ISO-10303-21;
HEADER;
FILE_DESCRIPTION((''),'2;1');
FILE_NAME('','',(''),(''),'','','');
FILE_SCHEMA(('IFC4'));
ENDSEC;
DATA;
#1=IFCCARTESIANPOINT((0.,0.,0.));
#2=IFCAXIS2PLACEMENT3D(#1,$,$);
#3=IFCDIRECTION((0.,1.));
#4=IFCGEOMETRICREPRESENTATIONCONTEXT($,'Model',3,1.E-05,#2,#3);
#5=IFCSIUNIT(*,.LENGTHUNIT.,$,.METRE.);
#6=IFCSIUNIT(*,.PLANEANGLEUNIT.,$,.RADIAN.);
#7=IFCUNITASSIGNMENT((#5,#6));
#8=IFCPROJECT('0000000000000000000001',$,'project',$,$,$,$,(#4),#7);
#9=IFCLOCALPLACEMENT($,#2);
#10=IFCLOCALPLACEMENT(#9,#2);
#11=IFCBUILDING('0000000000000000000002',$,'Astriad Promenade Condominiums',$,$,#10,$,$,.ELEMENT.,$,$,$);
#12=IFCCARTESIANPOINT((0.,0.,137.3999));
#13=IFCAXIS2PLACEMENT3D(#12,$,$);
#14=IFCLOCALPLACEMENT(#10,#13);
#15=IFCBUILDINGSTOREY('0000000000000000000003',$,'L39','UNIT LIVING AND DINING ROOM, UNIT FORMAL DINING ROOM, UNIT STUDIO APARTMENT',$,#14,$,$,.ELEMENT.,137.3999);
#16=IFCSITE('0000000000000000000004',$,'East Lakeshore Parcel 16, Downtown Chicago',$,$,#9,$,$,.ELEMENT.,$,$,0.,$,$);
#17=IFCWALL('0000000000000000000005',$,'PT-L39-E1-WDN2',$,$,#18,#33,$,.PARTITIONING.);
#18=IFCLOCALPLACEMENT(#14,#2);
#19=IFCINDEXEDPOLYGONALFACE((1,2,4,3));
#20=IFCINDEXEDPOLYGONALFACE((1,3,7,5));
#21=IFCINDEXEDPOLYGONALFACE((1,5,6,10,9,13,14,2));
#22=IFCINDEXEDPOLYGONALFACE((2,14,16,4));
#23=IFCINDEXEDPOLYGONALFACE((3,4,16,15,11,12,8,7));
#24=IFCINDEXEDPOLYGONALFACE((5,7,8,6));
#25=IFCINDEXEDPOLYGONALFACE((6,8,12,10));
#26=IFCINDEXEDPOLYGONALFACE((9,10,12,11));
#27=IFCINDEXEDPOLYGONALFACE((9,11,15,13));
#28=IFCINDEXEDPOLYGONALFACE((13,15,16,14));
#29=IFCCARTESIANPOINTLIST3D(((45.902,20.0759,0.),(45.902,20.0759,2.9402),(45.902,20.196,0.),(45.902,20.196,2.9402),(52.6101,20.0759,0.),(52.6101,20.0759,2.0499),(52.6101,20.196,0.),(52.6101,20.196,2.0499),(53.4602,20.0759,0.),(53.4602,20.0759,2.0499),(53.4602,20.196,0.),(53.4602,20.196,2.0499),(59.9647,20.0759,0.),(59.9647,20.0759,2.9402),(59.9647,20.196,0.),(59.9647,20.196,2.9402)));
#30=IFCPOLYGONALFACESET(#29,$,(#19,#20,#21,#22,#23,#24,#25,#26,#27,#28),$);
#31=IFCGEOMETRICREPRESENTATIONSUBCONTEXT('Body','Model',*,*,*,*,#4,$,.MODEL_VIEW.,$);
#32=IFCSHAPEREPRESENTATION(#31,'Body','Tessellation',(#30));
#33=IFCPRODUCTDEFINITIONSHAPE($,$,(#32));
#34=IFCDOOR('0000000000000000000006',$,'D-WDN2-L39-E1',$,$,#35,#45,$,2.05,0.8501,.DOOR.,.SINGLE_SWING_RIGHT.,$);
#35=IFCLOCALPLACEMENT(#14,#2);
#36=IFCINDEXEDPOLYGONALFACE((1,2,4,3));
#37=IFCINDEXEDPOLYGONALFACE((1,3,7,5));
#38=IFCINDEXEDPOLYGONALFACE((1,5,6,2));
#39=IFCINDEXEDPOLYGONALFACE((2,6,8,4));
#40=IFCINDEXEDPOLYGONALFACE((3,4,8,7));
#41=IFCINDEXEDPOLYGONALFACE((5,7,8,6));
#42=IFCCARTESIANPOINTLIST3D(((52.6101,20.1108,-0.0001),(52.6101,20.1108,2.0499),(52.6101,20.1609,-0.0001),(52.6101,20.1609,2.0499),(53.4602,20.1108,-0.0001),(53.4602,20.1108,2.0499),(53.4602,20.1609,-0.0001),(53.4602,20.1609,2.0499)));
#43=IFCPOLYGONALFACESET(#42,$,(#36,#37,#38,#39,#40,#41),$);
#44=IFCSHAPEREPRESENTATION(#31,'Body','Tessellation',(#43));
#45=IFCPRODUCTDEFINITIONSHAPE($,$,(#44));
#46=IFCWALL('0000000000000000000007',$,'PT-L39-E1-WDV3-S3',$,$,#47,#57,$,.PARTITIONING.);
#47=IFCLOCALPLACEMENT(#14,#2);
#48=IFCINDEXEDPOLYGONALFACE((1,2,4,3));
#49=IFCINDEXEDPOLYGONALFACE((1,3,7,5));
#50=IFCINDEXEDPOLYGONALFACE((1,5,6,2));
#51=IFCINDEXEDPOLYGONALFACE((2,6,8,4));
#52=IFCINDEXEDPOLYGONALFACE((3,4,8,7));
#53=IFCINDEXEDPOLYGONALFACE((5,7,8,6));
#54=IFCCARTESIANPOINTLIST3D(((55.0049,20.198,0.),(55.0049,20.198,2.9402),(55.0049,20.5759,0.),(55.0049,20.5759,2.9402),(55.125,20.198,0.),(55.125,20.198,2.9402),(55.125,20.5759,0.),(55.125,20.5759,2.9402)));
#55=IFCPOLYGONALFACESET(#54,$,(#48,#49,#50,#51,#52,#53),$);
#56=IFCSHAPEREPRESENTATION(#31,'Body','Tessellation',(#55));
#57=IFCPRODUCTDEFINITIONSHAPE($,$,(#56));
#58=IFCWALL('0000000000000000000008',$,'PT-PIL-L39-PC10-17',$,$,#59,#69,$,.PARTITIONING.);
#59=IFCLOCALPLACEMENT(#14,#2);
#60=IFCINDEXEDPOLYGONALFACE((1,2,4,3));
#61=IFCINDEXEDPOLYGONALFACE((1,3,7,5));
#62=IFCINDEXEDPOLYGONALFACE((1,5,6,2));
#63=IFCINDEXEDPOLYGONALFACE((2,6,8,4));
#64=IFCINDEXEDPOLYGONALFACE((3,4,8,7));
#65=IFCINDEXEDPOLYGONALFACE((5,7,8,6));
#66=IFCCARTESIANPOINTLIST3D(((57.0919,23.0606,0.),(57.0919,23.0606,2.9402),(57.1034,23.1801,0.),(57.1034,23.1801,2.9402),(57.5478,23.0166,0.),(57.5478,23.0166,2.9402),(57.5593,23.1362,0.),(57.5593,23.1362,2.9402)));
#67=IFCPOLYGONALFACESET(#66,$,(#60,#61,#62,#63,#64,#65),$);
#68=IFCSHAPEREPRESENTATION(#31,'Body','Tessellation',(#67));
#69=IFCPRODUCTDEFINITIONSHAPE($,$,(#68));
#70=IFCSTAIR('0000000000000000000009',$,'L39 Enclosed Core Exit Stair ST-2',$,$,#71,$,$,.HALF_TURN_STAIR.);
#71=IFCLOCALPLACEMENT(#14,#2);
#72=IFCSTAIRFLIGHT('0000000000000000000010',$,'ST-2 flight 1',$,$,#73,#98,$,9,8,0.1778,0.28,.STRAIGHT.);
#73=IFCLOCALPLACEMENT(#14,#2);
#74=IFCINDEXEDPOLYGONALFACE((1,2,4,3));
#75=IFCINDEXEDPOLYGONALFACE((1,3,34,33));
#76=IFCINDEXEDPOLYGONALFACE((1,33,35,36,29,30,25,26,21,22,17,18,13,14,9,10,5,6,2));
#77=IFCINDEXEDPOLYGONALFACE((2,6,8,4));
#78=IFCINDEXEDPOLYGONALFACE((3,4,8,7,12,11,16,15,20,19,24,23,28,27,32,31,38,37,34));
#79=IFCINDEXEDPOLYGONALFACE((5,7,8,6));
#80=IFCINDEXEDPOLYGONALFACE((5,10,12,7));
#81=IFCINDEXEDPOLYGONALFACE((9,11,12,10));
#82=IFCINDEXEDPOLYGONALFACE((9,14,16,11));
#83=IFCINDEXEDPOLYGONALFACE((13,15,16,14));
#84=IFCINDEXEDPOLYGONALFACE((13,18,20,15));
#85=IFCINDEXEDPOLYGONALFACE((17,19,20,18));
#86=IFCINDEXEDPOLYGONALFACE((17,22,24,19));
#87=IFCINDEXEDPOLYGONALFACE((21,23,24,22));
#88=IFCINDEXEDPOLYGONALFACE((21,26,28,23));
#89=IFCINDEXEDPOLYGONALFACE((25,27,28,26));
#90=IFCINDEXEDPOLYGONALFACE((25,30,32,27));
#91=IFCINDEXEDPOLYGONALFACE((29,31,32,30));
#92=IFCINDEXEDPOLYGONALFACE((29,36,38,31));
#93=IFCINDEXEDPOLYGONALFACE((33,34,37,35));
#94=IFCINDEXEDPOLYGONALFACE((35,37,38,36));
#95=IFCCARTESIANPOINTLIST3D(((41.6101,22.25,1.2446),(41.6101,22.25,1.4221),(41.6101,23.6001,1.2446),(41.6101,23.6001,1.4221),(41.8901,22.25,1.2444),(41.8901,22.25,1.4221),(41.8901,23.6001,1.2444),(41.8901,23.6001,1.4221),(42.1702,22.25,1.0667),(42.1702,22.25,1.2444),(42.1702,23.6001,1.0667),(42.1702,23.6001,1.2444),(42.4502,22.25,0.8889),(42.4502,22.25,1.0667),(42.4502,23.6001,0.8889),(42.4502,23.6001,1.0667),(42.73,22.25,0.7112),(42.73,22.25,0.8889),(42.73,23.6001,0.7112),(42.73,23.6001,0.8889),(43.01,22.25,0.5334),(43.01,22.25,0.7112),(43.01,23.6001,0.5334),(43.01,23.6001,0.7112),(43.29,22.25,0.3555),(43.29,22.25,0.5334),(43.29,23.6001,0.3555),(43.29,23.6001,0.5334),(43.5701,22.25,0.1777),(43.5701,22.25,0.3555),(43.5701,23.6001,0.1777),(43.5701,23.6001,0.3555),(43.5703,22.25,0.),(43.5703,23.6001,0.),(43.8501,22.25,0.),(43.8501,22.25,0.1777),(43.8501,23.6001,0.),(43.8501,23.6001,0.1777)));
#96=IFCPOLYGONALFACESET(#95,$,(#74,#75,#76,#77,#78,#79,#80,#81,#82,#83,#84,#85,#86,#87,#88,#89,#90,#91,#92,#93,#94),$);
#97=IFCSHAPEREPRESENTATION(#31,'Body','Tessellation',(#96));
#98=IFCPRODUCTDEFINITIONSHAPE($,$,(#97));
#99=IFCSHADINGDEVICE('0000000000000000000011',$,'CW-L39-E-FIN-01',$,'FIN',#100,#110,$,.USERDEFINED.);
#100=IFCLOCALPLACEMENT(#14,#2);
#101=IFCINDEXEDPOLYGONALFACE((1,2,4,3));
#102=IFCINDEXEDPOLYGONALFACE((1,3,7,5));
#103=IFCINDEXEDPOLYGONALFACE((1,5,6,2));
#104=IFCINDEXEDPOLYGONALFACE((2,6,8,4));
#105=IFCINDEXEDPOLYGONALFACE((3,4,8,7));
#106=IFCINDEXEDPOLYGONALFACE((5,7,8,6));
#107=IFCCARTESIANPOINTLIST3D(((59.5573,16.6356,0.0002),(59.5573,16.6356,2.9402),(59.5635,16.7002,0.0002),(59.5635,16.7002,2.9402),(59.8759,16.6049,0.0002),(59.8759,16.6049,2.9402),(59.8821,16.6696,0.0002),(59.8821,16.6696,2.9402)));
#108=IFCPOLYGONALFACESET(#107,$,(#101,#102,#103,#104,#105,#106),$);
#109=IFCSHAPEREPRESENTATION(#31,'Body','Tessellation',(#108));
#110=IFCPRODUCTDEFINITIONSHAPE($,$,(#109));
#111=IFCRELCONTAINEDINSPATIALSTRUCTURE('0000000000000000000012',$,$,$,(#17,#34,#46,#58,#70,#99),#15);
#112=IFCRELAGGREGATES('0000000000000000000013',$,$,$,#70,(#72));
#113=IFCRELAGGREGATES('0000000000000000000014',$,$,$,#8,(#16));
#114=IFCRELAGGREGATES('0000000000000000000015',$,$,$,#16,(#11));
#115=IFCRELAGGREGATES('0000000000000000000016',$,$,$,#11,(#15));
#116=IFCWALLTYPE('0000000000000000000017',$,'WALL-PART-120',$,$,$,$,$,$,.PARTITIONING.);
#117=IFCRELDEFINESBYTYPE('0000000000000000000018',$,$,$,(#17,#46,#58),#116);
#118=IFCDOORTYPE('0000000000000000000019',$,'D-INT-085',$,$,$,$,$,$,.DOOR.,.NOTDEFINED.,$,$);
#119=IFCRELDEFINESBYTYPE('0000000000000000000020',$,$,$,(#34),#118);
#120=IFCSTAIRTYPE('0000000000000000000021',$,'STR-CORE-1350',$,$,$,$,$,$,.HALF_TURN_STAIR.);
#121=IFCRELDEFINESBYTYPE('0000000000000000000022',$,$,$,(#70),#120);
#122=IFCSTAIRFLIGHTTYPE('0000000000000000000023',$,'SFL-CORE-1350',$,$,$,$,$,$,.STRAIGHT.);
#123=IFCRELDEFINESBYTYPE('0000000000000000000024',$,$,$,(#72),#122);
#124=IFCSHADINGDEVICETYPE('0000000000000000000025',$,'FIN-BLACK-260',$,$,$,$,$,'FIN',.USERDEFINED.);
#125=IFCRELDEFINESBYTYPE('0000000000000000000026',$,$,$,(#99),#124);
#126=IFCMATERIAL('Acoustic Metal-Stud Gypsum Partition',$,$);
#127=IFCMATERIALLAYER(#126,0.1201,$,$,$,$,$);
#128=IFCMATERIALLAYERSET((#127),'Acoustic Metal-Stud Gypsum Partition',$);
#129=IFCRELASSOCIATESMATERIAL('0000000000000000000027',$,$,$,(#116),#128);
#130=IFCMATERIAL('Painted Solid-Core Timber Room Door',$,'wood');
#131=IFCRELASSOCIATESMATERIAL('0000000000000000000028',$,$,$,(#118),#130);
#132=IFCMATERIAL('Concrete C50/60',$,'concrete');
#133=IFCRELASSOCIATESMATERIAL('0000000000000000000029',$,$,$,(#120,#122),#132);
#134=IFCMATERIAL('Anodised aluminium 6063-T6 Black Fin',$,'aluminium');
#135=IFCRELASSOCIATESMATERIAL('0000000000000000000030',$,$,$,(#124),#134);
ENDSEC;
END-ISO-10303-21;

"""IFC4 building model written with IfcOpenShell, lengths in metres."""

from ifc_helpers import new_model, si_unit, direction, frame, frame_2d, origin, origin_2d, place, context, subcontext, project, spatial, polyline, rectangle, outline, extrude, source, transform, mapped, material, layer, layer_set, type_object, type_shapes, element, fill, aggregate, save


model = new_model("IFC4")

# Units and contexts
model_context = context("Model", 3, precision=1e-05, world=origin(), true_north=direction((0.0, 1.0)))
body_context = subcontext(model_context, "Body", "Model", "MODEL_VIEW")
ifc_project = project(units=[si_unit("LENGTHUNIT", "METRE"), si_unit("PLANEANGLEUNIT", "RADIAN")], contexts=[model_context])

# Site, building, storey
site_placement = place(None, origin())
site = spatial("IfcSite", under=ifc_project, at=site_placement, Name="East Lakeshore Parcel 16, Downtown Chicago", CompositionType="ELEMENT", RefElevation=0.0)
building_placement = place(site_placement, origin())
building = spatial("IfcBuilding", under=site, at=building_placement, Name="Astriad Promenade Condominiums", CompositionType="ELEMENT")
storey_placement = place(building_placement, frame((0.0, 0.0, 137.3999)))
storey = spatial("IfcBuildingStorey", under=building, at=storey_placement, Name="L39", Description="UNIT LIVING AND DINING ROOM, UNIT FORMAL DINING ROOM, UNIT STUDIO APARTMENT", CompositionType="ELEMENT", Elevation=137.3999)

# Shared definitions
ifc_material_1 = material(Name="Acoustic Metal-Stud Gypsum Partition")
ifc_layer_1 = layer(ifc_material_1, 0.1201)
ifc_layer_set_1 = layer_set([ifc_layer_1], Name="Acoustic Metal-Stud Gypsum Partition")
wall_type_1 = type_object("IfcWallType", Name="WALL-PART-120", PredefinedType="PARTITIONING", material=ifc_layer_set_1)

# Wall, opening, door
ifc_material_2 = material(Name="Painted Solid-Core Timber Room Door", Category="wood")
door_type = type_object("IfcDoorType", Name="D-INT-085", OperationType="NOTDEFINED", PredefinedType="DOOR", material=ifc_material_2)
shared_shape_1 = source(origin(), body_context, "Body", "SweptSolid", [
    extrude(rectangle(XDim=0.8501, YDim=2.05, at=frame_2d((0.425, 1.0249))), frame((0.0, 0.0249, 0.0), z_axis=(0.0, -1.0, 0.0), x_axis=(1.0, 0.0, 0.0)), (0.0, 0.0, 1.0), 0.05),
])
type_shapes(door_type, [shared_shape_1])
wall_1_placement = place(storey_placement, frame((45.9021, 20.136, 0.0), z_axis=(0.0, 0.0, 1.0), x_axis=(1.0, 0.0, 0.0)))
wall_1 = element("IfcWall", 1, at=wall_1_placement, inside=storey, type_object=wall_type_1, Name="PT-L39-E1-WDN2", PredefinedType="PARTITIONING", context=body_context, shape_type="SweptSolid", body=[
    extrude(rectangle(XDim=14.0627, YDim=0.1201, at=frame_2d((7.0312, 0.0))), origin(), (0.0, 0.0, 1.0), 2.9402),
])
opening_1_placement = place(wall_1_placement, frame((6.708, 0.0, 0.0)))
opening_1 = element("IfcOpeningElement", 2, at=opening_1_placement, cuts=wall_1, PredefinedType="OPENING", context=body_context, shape_type="SweptSolid", body=[
    extrude(rectangle(XDim=0.8501, YDim=2.05, at=frame_2d((0.425, 1.0249))), frame((0.0, 0.0701, 0.0), z_axis=(0.0, -1.0, 0.0), x_axis=(1.0, 0.0, 0.0)), (0.0, 0.0, 1.0), 0.1401),
])
door_1_placement = place(opening_1_placement, origin())
door_1 = element("IfcDoor", 3, at=door_1_placement, inside=storey, type_object=door_type, Name="D-WDN2-L39-E1", OperationType="SINGLE_SWING_RIGHT", OverallHeight=2.05, OverallWidth=0.8501, PredefinedType="DOOR", context=body_context, shape_type="MappedRepresentation", body=[
    mapped(shared_shape_1, transform((0.0, 0.0, 0.0), scale=1.0)),
])
fill(opening_1, door_1)

# Walls
wall_2_placement = place(storey_placement, frame((55.0649, 20.198, 0.0), z_axis=(0.0, 0.0, 1.0), x_axis=(0.0, 1.0, 0.0)))
element("IfcWall", 4, at=wall_2_placement, inside=storey, type_object=wall_type_1, Name="PT-L39-E1-WDV3-S3", PredefinedType="PARTITIONING", context=body_context, shape_type="SweptSolid", body=[
    extrude(rectangle(XDim=0.3779, YDim=0.1201, at=frame_2d((0.189, 0.0))), origin(), (0.0, 0.0, 1.0), 2.9402),
])
wall_3_placement = place(storey_placement, frame((57.0977, 23.1204, 0.0), z_axis=(0.0, 0.0, 1.0), x_axis=(0.995385, -0.095966, 0.0)))
element("IfcWall", 5, at=wall_3_placement, inside=storey, type_object=wall_type_1, Name="PT-PIL-L39-PC10-17", PredefinedType="PARTITIONING", context=body_context, shape_type="SweptSolid", body=[
    extrude(rectangle(XDim=0.458, YDim=0.1201, at=frame_2d((0.229, 0.0))), origin(), (0.0, 0.0, 1.0), 2.9402),
])

# Stair, stair flight
ifc_material_3 = material(Name="Concrete C50/60", Category="concrete")
stair_type = type_object("IfcStairType", Name="STR-CORE-1350", PredefinedType="HALF_TURN_STAIR", material=ifc_material_3)
stair_placement = place(storey_placement, origin())
stair = element("IfcStair", 6, at=stair_placement, inside=storey, type_object=stair_type, Name="L39 Enclosed Core Exit Stair ST-2", PredefinedType="HALF_TURN_STAIR")
stair_flight_type = type_object("IfcStairFlightType", Name="SFL-CORE-1350", PredefinedType="STRAIGHT", material=ifc_material_3)
shared_shape_2 = source(origin(), body_context, "Body", "SweptSolid", [
    extrude(outline(polyline([(0.0, 0.0), (0.0, 0.1777), (0.28, 0.1777), (0.28, 0.3555), (0.5601, 0.3555), (0.5601, 0.5334), (0.8401, 0.5334), (0.8401, 0.7112), (1.1201, 0.7112), (1.1201, 0.8889), (1.3999, 0.8889), (1.3999, 1.0667), (1.6799, 1.0667), (1.6799, 1.2444), (1.96, 1.2444), (1.96, 1.4221), (2.24, 1.4221), (2.24, 1.6001), (2.24, 1.2446), (0.2798, 0.0), (0.0, 0.0)])), frame((0.0, 0.675, 0.0), z_axis=(0.0, -1.0, 0.0), x_axis=(1.0, 0.0, 0.0)), (0.0, 0.0, 1.0), 1.3501),
])
type_shapes(stair_flight_type, [shared_shape_2])
stair_flight_placement = place(storey_placement, frame((43.8501, 22.925, 0.0), z_axis=(0.0, 0.0, 1.0), x_axis=(-1.0, 0.0, 0.0)))
stair_flight = element("IfcStairFlight", 7, at=stair_flight_placement, type_object=stair_flight_type, Name="ST-2 flight 1", NumberOfRisers=9, NumberOfTreads=8, PredefinedType="STRAIGHT", RiserHeight=0.1778, TreadLength=0.28, context=body_context, shape_type="MappedRepresentation", body=[
    mapped(shared_shape_2, transform((0.0, 0.0, 0.0), scale=1.0)),
])
aggregate(stair, [stair_flight])

# Shading device
ifc_material_4 = material(Name="Anodised aluminium 6063-T6 Black Fin", Category="aluminium")
shading_device_type = type_object("IfcShadingDeviceType", Name="FIN-BLACK-260", ElementType="FIN", PredefinedType="USERDEFINED", material=ifc_material_4)
shared_shape_3 = source(origin(), body_context, "Body", "SweptSolid", [
    extrude(rectangle(XDim=0.0649, YDim=0.3201, at=origin_2d()), origin(), (0.0, 0.0, 1.0), 2.9399),
])
type_shapes(shading_device_type, [shared_shape_3])
shading_device_placement = place(storey_placement, frame((59.7197, 16.6526, 0.0002), z_axis=(0.0, 0.0, 1.0), x_axis=(-0.095846, -0.995396, 0.0)))
element("IfcShadingDevice", 8, at=shading_device_placement, inside=storey, type_object=shading_device_type, Name="CW-L39-E-FIN-01", ObjectType="FIN", PredefinedType="USERDEFINED", context=body_context, shape_type="MappedRepresentation", body=[
    mapped(shared_shape_3, transform((0.0, 0.0, 0.0), scale=1.0)),
])

save(model, "model.ifc")
